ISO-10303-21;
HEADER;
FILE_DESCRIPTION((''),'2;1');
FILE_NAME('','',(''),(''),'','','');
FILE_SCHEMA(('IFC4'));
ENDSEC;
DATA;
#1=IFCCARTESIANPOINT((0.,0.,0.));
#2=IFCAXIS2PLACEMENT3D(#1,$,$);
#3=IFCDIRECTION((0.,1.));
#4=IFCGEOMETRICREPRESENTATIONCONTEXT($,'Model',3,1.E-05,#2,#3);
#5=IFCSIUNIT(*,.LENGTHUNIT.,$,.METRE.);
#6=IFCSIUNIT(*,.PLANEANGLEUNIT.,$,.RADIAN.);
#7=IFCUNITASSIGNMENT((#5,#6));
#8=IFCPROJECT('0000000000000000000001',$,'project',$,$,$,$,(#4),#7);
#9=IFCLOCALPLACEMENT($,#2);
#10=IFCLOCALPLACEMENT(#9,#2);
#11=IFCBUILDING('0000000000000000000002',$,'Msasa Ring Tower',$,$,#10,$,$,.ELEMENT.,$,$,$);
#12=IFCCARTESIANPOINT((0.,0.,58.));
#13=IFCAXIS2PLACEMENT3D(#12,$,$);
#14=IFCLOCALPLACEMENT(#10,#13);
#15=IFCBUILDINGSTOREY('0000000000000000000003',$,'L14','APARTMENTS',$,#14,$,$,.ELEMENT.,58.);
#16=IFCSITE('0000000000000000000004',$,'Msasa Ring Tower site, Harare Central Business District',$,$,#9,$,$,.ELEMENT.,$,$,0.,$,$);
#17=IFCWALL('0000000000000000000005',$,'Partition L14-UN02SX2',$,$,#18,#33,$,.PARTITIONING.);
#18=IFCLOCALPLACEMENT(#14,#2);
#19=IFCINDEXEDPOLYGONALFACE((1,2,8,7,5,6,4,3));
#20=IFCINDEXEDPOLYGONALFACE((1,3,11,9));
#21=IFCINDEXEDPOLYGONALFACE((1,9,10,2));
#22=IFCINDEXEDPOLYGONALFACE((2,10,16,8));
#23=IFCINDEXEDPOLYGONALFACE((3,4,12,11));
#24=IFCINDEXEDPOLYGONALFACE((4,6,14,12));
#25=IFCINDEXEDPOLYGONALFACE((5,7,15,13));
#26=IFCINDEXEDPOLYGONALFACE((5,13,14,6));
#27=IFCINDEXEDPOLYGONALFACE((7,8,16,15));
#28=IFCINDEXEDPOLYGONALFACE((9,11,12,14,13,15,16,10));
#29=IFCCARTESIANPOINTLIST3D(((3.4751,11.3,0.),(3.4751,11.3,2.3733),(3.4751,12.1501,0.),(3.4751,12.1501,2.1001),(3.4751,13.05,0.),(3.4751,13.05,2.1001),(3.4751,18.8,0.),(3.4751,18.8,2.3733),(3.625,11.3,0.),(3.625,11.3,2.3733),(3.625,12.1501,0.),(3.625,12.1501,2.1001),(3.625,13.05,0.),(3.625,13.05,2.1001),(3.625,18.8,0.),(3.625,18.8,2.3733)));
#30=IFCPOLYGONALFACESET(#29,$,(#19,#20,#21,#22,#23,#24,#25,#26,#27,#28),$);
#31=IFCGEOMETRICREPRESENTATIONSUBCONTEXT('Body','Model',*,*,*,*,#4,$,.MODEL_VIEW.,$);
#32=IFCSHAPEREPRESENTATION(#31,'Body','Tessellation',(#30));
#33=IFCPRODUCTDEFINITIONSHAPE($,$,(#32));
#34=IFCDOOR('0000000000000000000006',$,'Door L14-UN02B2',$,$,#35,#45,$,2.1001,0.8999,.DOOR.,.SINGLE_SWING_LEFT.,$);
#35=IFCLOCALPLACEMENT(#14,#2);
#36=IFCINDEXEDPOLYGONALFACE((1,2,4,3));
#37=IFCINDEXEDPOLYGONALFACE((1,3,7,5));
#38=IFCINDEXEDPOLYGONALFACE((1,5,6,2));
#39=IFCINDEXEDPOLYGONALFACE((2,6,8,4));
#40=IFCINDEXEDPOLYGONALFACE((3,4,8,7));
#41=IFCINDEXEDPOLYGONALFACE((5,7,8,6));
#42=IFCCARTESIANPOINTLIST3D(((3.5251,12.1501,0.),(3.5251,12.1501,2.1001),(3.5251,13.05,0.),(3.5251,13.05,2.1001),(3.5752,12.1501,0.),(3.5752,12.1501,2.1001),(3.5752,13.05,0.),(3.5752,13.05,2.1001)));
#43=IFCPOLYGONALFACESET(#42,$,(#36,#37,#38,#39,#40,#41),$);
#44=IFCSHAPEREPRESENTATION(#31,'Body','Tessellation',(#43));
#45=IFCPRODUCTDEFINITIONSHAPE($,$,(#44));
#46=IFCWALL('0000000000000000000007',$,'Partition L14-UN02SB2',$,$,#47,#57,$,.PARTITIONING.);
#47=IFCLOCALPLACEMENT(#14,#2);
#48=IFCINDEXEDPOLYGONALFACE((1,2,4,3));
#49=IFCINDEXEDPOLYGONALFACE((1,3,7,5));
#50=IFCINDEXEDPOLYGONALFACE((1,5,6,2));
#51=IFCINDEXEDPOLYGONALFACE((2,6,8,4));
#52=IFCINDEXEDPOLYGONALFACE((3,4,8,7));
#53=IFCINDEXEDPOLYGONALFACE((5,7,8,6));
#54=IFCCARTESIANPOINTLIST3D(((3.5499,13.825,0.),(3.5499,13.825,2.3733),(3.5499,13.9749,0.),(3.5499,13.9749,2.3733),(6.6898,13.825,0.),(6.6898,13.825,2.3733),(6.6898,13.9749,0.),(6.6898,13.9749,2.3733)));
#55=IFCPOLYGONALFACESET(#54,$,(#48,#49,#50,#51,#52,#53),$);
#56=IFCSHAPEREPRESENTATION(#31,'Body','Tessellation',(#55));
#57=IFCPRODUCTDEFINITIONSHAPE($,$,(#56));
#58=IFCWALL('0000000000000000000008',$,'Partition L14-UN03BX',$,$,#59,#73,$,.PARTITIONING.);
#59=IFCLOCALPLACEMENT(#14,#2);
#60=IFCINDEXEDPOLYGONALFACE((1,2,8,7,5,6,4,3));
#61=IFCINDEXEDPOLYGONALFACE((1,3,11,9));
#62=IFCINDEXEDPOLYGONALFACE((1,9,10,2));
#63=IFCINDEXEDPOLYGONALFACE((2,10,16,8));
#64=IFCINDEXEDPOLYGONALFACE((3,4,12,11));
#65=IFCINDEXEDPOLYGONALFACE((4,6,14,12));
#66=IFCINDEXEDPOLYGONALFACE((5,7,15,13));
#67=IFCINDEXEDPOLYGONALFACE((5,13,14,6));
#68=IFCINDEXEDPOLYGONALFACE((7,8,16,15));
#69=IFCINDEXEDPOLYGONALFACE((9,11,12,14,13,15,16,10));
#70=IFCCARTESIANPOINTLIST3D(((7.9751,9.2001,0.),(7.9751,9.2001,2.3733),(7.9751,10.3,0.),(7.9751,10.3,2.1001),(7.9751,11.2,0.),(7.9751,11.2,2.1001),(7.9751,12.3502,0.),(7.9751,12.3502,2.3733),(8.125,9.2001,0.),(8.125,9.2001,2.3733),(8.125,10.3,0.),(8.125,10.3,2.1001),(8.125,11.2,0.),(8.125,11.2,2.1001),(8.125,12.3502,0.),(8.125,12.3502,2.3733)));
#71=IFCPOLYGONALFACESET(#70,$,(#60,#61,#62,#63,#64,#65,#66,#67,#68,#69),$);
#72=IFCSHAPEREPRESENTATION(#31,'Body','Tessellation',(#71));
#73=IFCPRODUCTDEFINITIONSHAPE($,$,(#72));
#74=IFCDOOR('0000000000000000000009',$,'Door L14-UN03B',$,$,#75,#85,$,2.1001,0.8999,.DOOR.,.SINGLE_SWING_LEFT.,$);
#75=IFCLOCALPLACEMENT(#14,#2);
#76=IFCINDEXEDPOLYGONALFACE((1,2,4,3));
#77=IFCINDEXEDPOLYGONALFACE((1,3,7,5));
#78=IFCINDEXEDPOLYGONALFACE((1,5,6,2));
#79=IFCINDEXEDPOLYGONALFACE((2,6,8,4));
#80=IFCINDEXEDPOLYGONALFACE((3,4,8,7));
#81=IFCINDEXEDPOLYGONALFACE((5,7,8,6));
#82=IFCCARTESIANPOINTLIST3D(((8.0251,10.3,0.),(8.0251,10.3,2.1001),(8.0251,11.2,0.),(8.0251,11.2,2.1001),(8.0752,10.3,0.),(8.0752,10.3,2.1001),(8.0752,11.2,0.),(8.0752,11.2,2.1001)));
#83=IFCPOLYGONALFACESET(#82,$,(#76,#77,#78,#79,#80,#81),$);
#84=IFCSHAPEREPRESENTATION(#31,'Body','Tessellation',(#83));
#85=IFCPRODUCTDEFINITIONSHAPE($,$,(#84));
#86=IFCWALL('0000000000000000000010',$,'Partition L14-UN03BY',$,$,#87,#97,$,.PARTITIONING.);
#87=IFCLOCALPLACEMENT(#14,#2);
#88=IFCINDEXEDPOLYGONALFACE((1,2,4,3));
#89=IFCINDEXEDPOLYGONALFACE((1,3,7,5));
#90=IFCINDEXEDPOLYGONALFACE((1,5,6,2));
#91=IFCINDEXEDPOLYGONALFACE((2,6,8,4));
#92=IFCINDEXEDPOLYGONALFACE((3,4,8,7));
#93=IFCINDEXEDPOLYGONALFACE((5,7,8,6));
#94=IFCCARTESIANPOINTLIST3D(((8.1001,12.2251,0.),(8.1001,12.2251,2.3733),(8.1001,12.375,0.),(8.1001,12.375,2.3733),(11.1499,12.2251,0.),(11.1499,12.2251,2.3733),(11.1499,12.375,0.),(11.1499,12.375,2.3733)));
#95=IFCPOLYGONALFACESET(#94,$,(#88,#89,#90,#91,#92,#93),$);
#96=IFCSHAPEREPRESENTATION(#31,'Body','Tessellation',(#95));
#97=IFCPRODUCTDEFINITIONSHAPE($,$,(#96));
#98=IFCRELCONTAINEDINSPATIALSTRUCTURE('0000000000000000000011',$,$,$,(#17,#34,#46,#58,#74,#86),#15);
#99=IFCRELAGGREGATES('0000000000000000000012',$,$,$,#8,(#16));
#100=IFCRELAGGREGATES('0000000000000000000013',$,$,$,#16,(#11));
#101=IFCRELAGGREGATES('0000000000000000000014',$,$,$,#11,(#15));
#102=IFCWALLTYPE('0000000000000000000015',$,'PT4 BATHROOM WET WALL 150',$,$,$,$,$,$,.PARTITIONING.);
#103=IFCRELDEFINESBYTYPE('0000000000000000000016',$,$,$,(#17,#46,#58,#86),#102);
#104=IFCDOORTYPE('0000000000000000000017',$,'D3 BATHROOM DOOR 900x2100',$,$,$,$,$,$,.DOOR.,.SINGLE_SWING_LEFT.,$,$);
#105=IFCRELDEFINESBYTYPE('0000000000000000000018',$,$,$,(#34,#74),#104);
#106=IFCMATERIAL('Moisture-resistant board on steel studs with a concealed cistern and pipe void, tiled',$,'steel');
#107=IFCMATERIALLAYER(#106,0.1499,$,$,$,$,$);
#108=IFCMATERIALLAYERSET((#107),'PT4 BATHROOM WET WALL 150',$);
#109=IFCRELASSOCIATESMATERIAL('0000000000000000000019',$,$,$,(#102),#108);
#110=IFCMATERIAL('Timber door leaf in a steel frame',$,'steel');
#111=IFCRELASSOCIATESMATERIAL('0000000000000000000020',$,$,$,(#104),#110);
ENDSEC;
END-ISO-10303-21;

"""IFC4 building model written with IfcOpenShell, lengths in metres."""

from ifc_helpers import new_model, si_unit, direction, frame, frame_2d, origin, place, context, subcontext, project, spatial, rectangle, extrude, material, layer, layer_set, type_object, element, fill, save


model = new_model("IFC4")

# Units and contexts
model_context = context("Model", 3, precision=1e-05, world=origin(), true_north=direction((0.0, 1.0)))
body_context = subcontext(model_context, "Body", "Model", "MODEL_VIEW")
ifc_project = project(units=[si_unit("LENGTHUNIT", "METRE"), si_unit("PLANEANGLEUNIT", "RADIAN")], contexts=[model_context])

# Site, building, storey
site_placement = place(None, origin())
site = spatial("IfcSite", under=ifc_project, at=site_placement, Name="Msasa Ring Tower site, Harare Central Business District", CompositionType="ELEMENT", RefElevation=0.0)
building_placement = place(site_placement, origin())
building = spatial("IfcBuilding", under=site, at=building_placement, Name="Msasa Ring Tower", CompositionType="ELEMENT")
storey_placement = place(building_placement, frame((0.0, 0.0, 58.0)))
storey = spatial("IfcBuildingStorey", under=building, at=storey_placement, Name="L14", Description="APARTMENTS", CompositionType="ELEMENT", Elevation=58.0)

# Wall, opening, door
ifc_material_1 = material(Name="Moisture-resistant board on steel studs with a concealed cistern and pipe void, tiled", Category="steel")
ifc_layer_1 = layer(ifc_material_1, 0.1499)
ifc_layer_set_1 = layer_set([ifc_layer_1], Name="PT4 BATHROOM WET WALL 150")
wall_type_1 = type_object("IfcWallType", Name="PT4 BATHROOM WET WALL 150", PredefinedType="PARTITIONING", material=ifc_layer_set_1)
wall_1_placement = place(storey_placement, frame((3.55, 11.3, 0.0), z_axis=(0.0, 0.0, 1.0), x_axis=(0.0, 1.0, 0.0)))
wall_1 = element("IfcWall", 1, at=wall_1_placement, inside=storey, type_object=wall_type_1, Name="Partition L14-UN02SX2", PredefinedType="PARTITIONING", context=body_context, shape_type="SweptSolid", body=[
    extrude(rectangle(XDim=7.5, YDim=0.1499, at=frame_2d((3.75, 0.0))), origin(), (0.0, 0.0, 1.0), 2.3733),
])
opening_1_placement = place(wall_1_placement, frame((0.8501, 0.0, 0.0)))
opening_1 = element("IfcOpeningElement", 2, at=opening_1_placement, cuts=wall_1, PredefinedType="OPENING", context=body_context, shape_type="SweptSolid", body=[
    extrude(rectangle(XDim=0.8999, YDim=2.1001, at=frame_2d((0.45, 1.05))), frame((0.0, 0.085, 0.0), z_axis=(0.0, -1.0, 0.0), x_axis=(1.0, 0.0, 0.0)), (0.0, 0.0, 1.0), 0.1699),
])
ifc_material_2 = material(Name="Timber door leaf in a steel frame", Category="steel")
door_type_1 = type_object("IfcDoorType", Name="D3 BATHROOM DOOR 900x2100", OperationType="SINGLE_SWING_LEFT", PredefinedType="DOOR", material=ifc_material_2)
door_1_placement = place(opening_1_placement, origin())
door_1 = element("IfcDoor", 3, at=door_1_placement, inside=storey, type_object=door_type_1, Name="Door L14-UN02B2", OperationType="SINGLE_SWING_LEFT", OverallHeight=2.1001, OverallWidth=0.8999, PredefinedType="DOOR", context=body_context, shape_type="SweptSolid", body=[
    extrude(rectangle(XDim=0.8999, YDim=2.1001, at=frame_2d((0.45, 1.05))), frame((0.0, 0.0249, 0.0), z_axis=(0.0, -1.0, 0.0), x_axis=(1.0, 0.0, 0.0)), (0.0, 0.0, 1.0), 0.05),
])
fill(opening_1, door_1)

# Wall
wall_2_placement = place(storey_placement, frame((3.55, 13.8999, 0.0), z_axis=(0.0, 0.0, 1.0), x_axis=(1.0, 0.0, 0.0)))
element("IfcWall", 4, at=wall_2_placement, inside=storey, type_object=wall_type_1, Name="Partition L14-UN02SB2", PredefinedType="PARTITIONING", context=body_context, shape_type="SweptSolid", body=[
    extrude(rectangle(XDim=3.1399, YDim=0.1499, at=frame_2d((1.5698, 0.0))), origin(), (0.0, 0.0, 1.0), 2.3733),
])

# Wall, opening, door
wall_3_placement = place(storey_placement, frame((8.05, 9.2, 0.0), z_axis=(0.0, 0.0, 1.0), x_axis=(0.0, 1.0, 0.0)))
wall_3 = element("IfcWall", 5, at=wall_3_placement, inside=storey, type_object=wall_type_1, Name="Partition L14-UN03BX", PredefinedType="PARTITIONING", context=body_context, shape_type="SweptSolid", body=[
    extrude(rectangle(XDim=3.1501, YDim=0.1499, at=frame_2d((1.5752, 0.0))), origin(), (0.0, 0.0, 1.0), 2.3733),
])
opening_2_placement = place(wall_3_placement, frame((1.1001, 0.0, 0.0)))
opening_2 = element("IfcOpeningElement", 6, at=opening_2_placement, cuts=wall_3, PredefinedType="OPENING", context=body_context, shape_type="SweptSolid", body=[
    extrude(rectangle(XDim=0.8999, YDim=2.1001, at=frame_2d((0.45, 1.05))), frame((0.0, 0.085, 0.0), z_axis=(0.0, -1.0, 0.0), x_axis=(1.0, 0.0, 0.0)), (0.0, 0.0, 1.0), 0.1699),
])
door_2_placement = place(opening_2_placement, origin())
door_2 = element("IfcDoor", 7, at=door_2_placement, inside=storey, type_object=door_type_1, Name="Door L14-UN03B", OperationType="SINGLE_SWING_LEFT", OverallHeight=2.1001, OverallWidth=0.8999, PredefinedType="DOOR", context=body_context, shape_type="SweptSolid", body=[
    extrude(rectangle(XDim=0.8999, YDim=2.1001, at=frame_2d((0.45, 1.05))), frame((0.0, 0.0249, 0.0), z_axis=(0.0, -1.0, 0.0), x_axis=(1.0, 0.0, 0.0)), (0.0, 0.0, 1.0), 0.05),
])
fill(opening_2, door_2)

# Wall
wall_4_placement = place(storey_placement, frame((8.1001, 12.3, 0.0), z_axis=(0.0, 0.0, 1.0), x_axis=(1.0, 0.0, 0.0)))
element("IfcWall", 8, at=wall_4_placement, inside=storey, type_object=wall_type_1, Name="Partition L14-UN03BY", PredefinedType="PARTITIONING", context=body_context, shape_type="SweptSolid", body=[
    extrude(rectangle(XDim=3.0498, YDim=0.1499, at=frame_2d((1.5249, 0.0))), origin(), (0.0, 0.0, 1.0), 2.3733),
])

save(model, "model.ifc")
